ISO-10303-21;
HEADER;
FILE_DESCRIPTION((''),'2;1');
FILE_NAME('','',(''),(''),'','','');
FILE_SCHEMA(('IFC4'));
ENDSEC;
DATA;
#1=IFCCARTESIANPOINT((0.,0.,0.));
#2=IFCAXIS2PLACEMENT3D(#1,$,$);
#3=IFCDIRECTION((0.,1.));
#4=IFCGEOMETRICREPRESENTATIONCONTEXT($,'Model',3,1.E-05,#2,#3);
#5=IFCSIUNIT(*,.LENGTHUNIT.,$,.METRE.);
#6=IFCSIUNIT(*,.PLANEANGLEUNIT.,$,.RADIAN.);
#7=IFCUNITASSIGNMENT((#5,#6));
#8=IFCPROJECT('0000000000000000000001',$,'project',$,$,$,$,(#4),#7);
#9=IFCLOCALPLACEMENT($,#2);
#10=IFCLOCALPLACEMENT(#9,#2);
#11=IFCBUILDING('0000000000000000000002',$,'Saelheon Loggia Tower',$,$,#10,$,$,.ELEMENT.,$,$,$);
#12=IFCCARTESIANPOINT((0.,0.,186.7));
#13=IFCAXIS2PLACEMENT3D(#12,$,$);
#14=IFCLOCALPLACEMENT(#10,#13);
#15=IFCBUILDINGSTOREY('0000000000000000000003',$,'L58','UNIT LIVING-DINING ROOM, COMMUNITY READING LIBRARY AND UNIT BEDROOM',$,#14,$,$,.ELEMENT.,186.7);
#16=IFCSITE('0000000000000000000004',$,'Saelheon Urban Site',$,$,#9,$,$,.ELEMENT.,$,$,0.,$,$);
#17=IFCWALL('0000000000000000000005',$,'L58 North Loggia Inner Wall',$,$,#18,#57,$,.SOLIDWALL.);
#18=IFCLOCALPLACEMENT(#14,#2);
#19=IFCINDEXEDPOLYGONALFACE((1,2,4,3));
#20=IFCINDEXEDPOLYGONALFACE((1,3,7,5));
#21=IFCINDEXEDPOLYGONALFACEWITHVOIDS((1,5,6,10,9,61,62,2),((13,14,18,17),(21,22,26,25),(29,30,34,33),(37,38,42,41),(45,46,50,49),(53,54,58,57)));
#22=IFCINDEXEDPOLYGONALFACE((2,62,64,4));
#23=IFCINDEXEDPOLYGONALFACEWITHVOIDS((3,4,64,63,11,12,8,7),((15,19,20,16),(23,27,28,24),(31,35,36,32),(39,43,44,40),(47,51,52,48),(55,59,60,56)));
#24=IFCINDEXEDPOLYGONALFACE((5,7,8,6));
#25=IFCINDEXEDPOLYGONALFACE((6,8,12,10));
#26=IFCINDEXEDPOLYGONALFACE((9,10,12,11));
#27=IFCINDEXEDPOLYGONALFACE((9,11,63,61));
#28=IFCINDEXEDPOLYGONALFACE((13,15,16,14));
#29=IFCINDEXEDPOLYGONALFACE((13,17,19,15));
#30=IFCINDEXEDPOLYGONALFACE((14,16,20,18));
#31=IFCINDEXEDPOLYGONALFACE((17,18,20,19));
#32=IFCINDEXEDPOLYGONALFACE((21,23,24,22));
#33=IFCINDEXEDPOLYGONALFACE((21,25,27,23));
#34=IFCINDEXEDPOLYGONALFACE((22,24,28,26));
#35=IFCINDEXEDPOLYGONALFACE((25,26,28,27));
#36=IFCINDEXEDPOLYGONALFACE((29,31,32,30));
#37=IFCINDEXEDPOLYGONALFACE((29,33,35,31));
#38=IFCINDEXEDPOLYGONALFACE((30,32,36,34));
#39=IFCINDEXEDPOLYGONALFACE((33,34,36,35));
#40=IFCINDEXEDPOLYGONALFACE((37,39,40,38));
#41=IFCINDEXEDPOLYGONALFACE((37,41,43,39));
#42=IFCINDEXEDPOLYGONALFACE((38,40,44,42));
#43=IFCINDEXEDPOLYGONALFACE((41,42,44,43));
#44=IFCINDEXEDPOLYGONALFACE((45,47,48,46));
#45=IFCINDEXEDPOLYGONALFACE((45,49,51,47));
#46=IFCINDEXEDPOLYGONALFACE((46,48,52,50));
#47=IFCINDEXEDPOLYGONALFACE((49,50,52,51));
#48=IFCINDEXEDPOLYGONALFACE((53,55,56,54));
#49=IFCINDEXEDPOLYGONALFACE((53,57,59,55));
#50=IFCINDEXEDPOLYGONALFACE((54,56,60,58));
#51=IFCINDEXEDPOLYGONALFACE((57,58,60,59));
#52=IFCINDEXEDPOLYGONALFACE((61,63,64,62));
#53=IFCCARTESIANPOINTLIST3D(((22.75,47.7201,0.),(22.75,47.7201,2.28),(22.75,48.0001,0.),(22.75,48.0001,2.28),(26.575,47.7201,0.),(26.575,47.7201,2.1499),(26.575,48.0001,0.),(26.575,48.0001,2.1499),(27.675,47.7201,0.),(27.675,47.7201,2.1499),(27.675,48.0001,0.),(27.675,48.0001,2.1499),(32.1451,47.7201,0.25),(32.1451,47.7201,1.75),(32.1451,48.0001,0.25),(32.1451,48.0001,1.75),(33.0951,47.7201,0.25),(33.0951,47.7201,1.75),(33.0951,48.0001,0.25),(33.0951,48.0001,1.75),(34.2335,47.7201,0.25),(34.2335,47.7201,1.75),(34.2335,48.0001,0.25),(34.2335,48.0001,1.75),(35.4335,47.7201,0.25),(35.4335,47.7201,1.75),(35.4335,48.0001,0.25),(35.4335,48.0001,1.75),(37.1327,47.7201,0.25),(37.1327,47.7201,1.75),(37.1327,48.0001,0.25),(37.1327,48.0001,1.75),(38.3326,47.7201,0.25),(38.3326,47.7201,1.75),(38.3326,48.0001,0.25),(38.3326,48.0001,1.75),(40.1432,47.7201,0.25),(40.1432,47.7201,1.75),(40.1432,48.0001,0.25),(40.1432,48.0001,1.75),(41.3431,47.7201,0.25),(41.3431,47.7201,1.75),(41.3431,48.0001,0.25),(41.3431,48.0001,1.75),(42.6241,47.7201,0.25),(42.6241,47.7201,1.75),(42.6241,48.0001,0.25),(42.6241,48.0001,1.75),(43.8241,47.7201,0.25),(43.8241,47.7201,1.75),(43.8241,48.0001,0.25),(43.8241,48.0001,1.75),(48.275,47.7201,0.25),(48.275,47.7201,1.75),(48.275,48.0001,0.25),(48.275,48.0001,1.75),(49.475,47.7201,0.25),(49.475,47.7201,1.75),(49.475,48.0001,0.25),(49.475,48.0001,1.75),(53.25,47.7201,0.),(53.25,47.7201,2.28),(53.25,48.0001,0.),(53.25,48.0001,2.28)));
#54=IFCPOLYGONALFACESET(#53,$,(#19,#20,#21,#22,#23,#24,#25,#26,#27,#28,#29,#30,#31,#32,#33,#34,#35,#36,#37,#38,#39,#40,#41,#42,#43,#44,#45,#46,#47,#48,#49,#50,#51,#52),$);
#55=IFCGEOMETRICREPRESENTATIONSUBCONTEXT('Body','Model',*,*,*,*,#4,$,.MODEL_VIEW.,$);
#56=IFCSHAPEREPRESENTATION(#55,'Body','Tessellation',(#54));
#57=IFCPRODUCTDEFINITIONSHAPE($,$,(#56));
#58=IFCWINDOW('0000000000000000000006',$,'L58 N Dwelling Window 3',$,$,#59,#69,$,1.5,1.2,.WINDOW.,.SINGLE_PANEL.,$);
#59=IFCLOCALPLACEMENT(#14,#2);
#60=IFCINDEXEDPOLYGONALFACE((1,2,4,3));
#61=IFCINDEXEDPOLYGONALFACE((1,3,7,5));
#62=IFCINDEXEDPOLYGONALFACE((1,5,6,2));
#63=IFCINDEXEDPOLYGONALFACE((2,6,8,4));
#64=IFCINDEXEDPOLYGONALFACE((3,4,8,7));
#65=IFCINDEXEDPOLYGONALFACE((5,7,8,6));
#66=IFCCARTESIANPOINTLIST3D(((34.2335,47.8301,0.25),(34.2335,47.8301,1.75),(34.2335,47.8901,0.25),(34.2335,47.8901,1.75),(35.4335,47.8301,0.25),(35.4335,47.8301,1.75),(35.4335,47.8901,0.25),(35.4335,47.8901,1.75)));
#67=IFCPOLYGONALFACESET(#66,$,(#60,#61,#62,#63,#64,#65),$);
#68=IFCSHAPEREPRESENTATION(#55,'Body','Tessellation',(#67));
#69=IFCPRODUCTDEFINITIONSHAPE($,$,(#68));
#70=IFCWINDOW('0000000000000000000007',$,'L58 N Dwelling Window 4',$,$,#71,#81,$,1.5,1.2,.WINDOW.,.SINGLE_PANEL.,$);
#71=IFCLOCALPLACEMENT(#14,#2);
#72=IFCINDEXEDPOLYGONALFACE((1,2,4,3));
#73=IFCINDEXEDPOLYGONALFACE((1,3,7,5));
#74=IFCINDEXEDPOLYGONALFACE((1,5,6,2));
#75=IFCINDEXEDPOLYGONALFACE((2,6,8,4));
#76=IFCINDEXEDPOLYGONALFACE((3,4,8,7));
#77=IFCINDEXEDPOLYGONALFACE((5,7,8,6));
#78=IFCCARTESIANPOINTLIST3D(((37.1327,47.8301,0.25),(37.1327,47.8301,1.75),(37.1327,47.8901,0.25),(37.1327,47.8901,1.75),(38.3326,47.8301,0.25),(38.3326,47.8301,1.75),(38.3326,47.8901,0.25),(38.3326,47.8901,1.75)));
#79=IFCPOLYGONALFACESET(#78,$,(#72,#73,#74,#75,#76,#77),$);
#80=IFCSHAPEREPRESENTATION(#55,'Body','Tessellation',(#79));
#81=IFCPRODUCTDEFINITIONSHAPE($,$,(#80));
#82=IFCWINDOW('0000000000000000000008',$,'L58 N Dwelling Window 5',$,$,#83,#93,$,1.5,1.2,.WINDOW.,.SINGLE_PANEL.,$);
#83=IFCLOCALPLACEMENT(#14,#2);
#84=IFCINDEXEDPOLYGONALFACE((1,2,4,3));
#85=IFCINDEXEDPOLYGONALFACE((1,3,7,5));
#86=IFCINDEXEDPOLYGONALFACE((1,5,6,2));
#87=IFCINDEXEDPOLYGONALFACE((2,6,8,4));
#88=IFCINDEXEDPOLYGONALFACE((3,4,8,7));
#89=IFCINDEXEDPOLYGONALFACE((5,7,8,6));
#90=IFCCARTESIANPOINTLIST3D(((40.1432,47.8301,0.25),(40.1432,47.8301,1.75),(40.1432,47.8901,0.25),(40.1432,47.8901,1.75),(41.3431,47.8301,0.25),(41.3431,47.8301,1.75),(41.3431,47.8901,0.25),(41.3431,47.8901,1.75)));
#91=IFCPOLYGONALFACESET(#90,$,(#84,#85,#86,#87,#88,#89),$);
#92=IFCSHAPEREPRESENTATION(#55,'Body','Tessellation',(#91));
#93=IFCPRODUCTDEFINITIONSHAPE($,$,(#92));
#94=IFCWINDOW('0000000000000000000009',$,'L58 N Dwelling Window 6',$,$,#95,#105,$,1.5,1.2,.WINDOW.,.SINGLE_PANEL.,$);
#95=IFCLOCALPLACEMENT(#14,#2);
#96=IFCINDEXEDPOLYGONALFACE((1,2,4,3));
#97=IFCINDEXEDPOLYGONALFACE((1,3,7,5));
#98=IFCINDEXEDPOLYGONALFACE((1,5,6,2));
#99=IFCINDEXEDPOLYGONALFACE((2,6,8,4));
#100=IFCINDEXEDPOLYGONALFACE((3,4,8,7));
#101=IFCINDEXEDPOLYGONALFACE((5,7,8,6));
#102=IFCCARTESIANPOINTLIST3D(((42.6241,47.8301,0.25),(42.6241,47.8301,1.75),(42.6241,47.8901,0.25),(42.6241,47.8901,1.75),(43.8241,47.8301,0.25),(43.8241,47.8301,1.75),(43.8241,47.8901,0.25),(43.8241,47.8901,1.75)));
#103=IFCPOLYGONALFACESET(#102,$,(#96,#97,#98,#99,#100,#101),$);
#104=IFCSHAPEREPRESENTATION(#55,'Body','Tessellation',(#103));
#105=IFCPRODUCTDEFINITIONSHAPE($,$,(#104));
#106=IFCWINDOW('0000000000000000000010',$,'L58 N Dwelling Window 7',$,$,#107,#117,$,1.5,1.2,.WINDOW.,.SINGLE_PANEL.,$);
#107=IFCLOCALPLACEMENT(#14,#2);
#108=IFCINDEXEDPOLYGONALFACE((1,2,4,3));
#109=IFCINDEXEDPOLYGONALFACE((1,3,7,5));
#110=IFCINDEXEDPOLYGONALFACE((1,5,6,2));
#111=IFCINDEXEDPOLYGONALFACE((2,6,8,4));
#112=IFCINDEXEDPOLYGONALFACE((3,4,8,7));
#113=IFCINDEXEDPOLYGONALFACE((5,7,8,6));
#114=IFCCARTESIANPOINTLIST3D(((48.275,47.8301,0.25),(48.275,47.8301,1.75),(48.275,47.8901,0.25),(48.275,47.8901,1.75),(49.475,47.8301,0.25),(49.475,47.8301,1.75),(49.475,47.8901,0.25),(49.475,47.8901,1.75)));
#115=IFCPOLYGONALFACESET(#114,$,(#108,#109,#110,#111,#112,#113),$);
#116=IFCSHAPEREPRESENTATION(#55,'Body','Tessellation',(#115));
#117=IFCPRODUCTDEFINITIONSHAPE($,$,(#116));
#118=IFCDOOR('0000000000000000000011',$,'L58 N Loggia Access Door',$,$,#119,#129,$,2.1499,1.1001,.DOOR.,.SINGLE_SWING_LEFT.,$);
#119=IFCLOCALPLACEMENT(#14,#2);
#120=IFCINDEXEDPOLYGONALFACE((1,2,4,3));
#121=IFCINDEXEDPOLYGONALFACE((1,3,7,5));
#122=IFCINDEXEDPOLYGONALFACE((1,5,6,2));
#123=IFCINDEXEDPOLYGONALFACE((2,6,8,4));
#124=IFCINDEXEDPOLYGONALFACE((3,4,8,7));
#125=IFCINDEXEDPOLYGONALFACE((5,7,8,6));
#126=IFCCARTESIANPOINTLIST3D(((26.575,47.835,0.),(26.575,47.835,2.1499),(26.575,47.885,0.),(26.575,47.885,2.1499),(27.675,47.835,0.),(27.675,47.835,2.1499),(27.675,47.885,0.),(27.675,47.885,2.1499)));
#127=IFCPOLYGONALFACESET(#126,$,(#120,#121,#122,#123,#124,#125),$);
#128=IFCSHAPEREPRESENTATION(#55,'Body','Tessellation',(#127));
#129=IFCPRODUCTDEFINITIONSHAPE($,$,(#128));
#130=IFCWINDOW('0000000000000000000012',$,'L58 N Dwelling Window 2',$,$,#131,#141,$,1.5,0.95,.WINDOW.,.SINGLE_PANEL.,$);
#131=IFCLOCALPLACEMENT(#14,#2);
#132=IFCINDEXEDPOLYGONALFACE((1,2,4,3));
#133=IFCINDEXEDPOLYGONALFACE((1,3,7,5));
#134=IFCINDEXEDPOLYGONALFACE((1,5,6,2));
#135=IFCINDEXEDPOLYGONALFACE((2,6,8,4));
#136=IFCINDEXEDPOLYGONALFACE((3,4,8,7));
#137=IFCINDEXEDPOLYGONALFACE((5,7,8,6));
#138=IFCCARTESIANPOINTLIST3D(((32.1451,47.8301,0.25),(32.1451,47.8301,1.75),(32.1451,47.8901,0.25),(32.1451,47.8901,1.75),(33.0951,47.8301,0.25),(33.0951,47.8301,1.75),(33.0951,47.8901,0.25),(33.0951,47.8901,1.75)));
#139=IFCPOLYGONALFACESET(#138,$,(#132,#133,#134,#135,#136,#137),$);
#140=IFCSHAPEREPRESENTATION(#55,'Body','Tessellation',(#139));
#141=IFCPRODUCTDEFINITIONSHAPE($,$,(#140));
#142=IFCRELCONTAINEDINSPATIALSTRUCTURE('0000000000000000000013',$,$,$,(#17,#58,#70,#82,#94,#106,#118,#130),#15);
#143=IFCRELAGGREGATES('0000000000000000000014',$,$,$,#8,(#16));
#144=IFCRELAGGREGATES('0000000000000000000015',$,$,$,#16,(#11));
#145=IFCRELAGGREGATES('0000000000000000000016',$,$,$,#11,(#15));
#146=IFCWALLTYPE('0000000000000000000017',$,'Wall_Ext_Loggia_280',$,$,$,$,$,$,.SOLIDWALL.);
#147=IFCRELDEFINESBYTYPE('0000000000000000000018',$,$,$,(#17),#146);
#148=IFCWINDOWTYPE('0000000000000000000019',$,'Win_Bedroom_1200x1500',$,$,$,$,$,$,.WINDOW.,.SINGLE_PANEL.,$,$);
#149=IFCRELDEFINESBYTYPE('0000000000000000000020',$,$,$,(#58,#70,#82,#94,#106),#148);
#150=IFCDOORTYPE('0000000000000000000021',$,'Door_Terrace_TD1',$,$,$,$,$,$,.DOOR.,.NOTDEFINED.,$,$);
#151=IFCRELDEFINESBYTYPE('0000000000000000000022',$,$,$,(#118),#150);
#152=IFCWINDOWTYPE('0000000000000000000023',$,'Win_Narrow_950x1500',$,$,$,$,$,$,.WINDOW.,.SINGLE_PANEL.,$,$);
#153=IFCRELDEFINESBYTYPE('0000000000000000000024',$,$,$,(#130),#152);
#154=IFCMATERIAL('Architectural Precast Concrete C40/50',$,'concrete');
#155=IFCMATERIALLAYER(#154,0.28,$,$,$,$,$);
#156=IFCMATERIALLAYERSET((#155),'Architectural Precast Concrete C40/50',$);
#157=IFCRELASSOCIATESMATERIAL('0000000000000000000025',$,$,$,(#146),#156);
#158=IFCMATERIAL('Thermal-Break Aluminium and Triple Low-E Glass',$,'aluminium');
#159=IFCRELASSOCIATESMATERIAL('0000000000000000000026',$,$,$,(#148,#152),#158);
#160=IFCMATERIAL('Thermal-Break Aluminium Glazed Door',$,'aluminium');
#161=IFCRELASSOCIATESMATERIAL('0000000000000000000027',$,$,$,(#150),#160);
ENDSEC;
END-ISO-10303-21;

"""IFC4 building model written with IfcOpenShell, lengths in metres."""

from ifc_helpers import new_model, si_unit, direction, frame, frame_2d, origin, place, context, subcontext, project, spatial, rectangle, extrude, source, transform, mapped, material, layer, layer_set, type_object, element, fill, save


model = new_model("IFC4")

# Units and contexts
model_context = context("Model", 3, precision=1e-05, world=origin(), true_north=direction((0.0, 1.0)))
body_context = subcontext(model_context, "Body", "Model", "MODEL_VIEW")
ifc_project = project(units=[si_unit("LENGTHUNIT", "METRE"), si_unit("PLANEANGLEUNIT", "RADIAN")], contexts=[model_context])

# Site, building, storey
site_placement = place(None, origin())
site = spatial("IfcSite", under=ifc_project, at=site_placement, Name="Saelheon Urban Site", CompositionType="ELEMENT", RefElevation=0.0)
building_placement = place(site_placement, origin())
building = spatial("IfcBuilding", under=site, at=building_placement, Name="Saelheon Loggia Tower", CompositionType="ELEMENT")
storey_placement = place(building_placement, frame((0.0, 0.0, 186.7)))
storey = spatial("IfcBuildingStorey", under=building, at=storey_placement, Name="L58", Description="UNIT LIVING-DINING ROOM, COMMUNITY READING LIBRARY AND UNIT BEDROOM", CompositionType="ELEMENT", Elevation=186.7)

# Wall, openings, windows, door
ifc_material_1 = material(Name="Architectural Precast Concrete C40/50", Category="concrete")
ifc_layer_1 = layer(ifc_material_1, 0.28)
ifc_layer_set_1 = layer_set([ifc_layer_1], Name="Architectural Precast Concrete C40/50")
wall_type = type_object("IfcWallType", Name="Wall_Ext_Loggia_280", PredefinedType="SOLIDWALL", material=ifc_layer_set_1)
wall_placement = place(storey_placement, frame((22.75, 47.8601, 0.0), z_axis=(0.0, 0.0, 1.0), x_axis=(1.0, 0.0, 0.0)))
wall = element("IfcWall", 1, at=wall_placement, inside=storey, type_object=wall_type, Name="L58 North Loggia Inner Wall", PredefinedType="SOLIDWALL", context=body_context, shape_type="SweptSolid", body=[
    extrude(rectangle(XDim=30.5, YDim=0.28, at=frame_2d((15.25, 0.0))), origin(), (0.0, 0.0, 1.0), 2.28),
])
opening_1_placement = place(wall_placement, frame((3.825, 0.0, 0.0)))
opening_1 = element("IfcOpeningElement", 2, at=opening_1_placement, cuts=wall, PredefinedType="OPENING", context=body_context, shape_type="SweptSolid", body=[
    extrude(rectangle(XDim=1.1001, YDim=2.1499, at=frame_2d((0.55, 1.075))), frame((0.0, 0.1521, 0.0), z_axis=(0.0, -1.0, 0.0), x_axis=(1.0, 0.0, 0.0)), (0.0, 0.0, 1.0), 0.304),
])
opening_2_placement = place(wall_placement, frame((9.395, 0.0, 0.25)))
opening_2 = element("IfcOpeningElement", 3, at=opening_2_placement, cuts=wall, PredefinedType="OPENING", context=body_context, shape_type="SweptSolid", body=[
    extrude(rectangle(XDim=0.95, YDim=1.5, at=frame_2d((0.4751, 0.75))), frame((0.0, 0.1521, 0.0), z_axis=(0.0, -1.0, 0.0), x_axis=(1.0, 0.0, 0.0)), (0.0, 0.0, 1.0), 0.304),
])
opening_3_placement = place(wall_placement, frame((11.4834, 0.0, 0.25)))
opening_3 = element("IfcOpeningElement", 4, at=opening_3_placement, cuts=wall, PredefinedType="OPENING", context=body_context, shape_type="SweptSolid", body=[
    extrude(rectangle(XDim=1.2, YDim=1.5, at=frame_2d((0.6001, 0.75))), frame((0.0, 0.1521, 0.0), z_axis=(0.0, -1.0, 0.0), x_axis=(1.0, 0.0, 0.0)), (0.0, 0.0, 1.0), 0.304),
])
opening_4_placement = place(wall_placement, frame((14.3826, 0.0, 0.25)))
opening_4 = element("IfcOpeningElement", 5, at=opening_4_placement, cuts=wall, PredefinedType="OPENING", context=body_context, shape_type="SweptSolid", body=[
    extrude(rectangle(XDim=1.2, YDim=1.5, at=frame_2d((0.6001, 0.75))), frame((0.0, 0.1521, 0.0), z_axis=(0.0, -1.0, 0.0), x_axis=(1.0, 0.0, 0.0)), (0.0, 0.0, 1.0), 0.304),
])
opening_5_placement = place(wall_placement, frame((17.3931, 0.0, 0.25)))
opening_5 = element("IfcOpeningElement", 6, at=opening_5_placement, cuts=wall, PredefinedType="OPENING", context=body_context, shape_type="SweptSolid", body=[
    extrude(rectangle(XDim=1.2, YDim=1.5, at=frame_2d((0.6001, 0.75))), frame((0.0, 0.1521, 0.0), z_axis=(0.0, -1.0, 0.0), x_axis=(1.0, 0.0, 0.0)), (0.0, 0.0, 1.0), 0.304),
])
opening_6_placement = place(wall_placement, frame((19.874, 0.0, 0.25)))
opening_6 = element("IfcOpeningElement", 7, at=opening_6_placement, cuts=wall, PredefinedType="OPENING", context=body_context, shape_type="SweptSolid", body=[
    extrude(rectangle(XDim=1.2, YDim=1.5, at=frame_2d((0.6001, 0.75))), frame((0.0, 0.1521, 0.0), z_axis=(0.0, -1.0, 0.0), x_axis=(1.0, 0.0, 0.0)), (0.0, 0.0, 1.0), 0.304),
])
opening_7_placement = place(wall_placement, frame((25.5249, 0.0, 0.25)))
opening_7 = element("IfcOpeningElement", 8, at=opening_7_placement, cuts=wall, PredefinedType="OPENING", context=body_context, shape_type="SweptSolid", body=[
    extrude(rectangle(XDim=1.2, YDim=1.5, at=frame_2d((0.6001, 0.75))), frame((0.0, 0.1521, 0.0), z_axis=(0.0, -1.0, 0.0), x_axis=(1.0, 0.0, 0.0)), (0.0, 0.0, 1.0), 0.304),
])
ifc_material_2 = material(Name="Thermal-Break Aluminium and Triple Low-E Glass", Category="aluminium")
window_type_1 = type_object("IfcWindowType", Name="Win_Bedroom_1200x1500", PartitioningType="SINGLE_PANEL", PredefinedType="WINDOW", material=ifc_material_2)
shared_shape_1 = source(origin(), body_context, "Body", "SweptSolid", [
    extrude(rectangle(XDim=1.2, YDim=1.5, at=frame_2d((0.6001, 0.75))), frame((0.0, 0.03, 0.0), z_axis=(0.0, -1.0, 0.0), x_axis=(1.0, 0.0, 0.0)), (0.0, 0.0, 1.0), 0.0601),
])
window_1_placement = place(opening_3_placement, origin())
window_1 = element("IfcWindow", 9, at=window_1_placement, inside=storey, type_object=window_type_1, Name="L58 N Dwelling Window 3", OverallHeight=1.5, OverallWidth=1.2, PartitioningType="SINGLE_PANEL", PredefinedType="WINDOW", context=body_context, shape_type="MappedRepresentation", body=[
    mapped(shared_shape_1, transform((0.0, 0.0, 0.0), scale=1.0)),
])
fill(opening_3, window_1)
window_2_placement = place(opening_4_placement, origin())
window_2 = element("IfcWindow", 10, at=window_2_placement, inside=storey, type_object=window_type_1, Name="L58 N Dwelling Window 4", OverallHeight=1.5, OverallWidth=1.2, PartitioningType="SINGLE_PANEL", PredefinedType="WINDOW", context=body_context, shape_type="MappedRepresentation", body=[
    mapped(shared_shape_1, transform((0.0, 0.0, 0.0), scale=1.0)),
])
fill(opening_4, window_2)
window_3_placement = place(opening_5_placement, origin())
window_3 = element("IfcWindow", 11, at=window_3_placement, inside=storey, type_object=window_type_1, Name="L58 N Dwelling Window 5", OverallHeight=1.5, OverallWidth=1.2, PartitioningType="SINGLE_PANEL", PredefinedType="WINDOW", context=body_context, shape_type="MappedRepresentation", body=[
    mapped(shared_shape_1, transform((0.0, 0.0, 0.0), scale=1.0)),
])
fill(opening_5, window_3)
window_4_placement = place(opening_6_placement, origin())
window_4 = element("IfcWindow", 12, at=window_4_placement, inside=storey, type_object=window_type_1, Name="L58 N Dwelling Window 6", OverallHeight=1.5, OverallWidth=1.2, PartitioningType="SINGLE_PANEL", PredefinedType="WINDOW", context=body_context, shape_type="MappedRepresentation", body=[
    mapped(shared_shape_1, transform((0.0, 0.0, 0.0), scale=1.0)),
])
fill(opening_6, window_4)
window_5_placement = place(opening_7_placement, origin())
window_5 = element("IfcWindow", 13, at=window_5_placement, inside=storey, type_object=window_type_1, Name="L58 N Dwelling Window 7", OverallHeight=1.5, OverallWidth=1.2, PartitioningType="SINGLE_PANEL", PredefinedType="WINDOW", context=body_context, shape_type="MappedRepresentation", body=[
    mapped(shared_shape_1, transform((0.0, 0.0, 0.0), scale=1.0)),
])
fill(opening_7, window_5)
ifc_material_3 = material(Name="Thermal-Break Aluminium Glazed Door", Category="aluminium")
door_type = type_object("IfcDoorType", Name="Door_Terrace_TD1", OperationType="NOTDEFINED", PredefinedType="DOOR", material=ifc_material_3)
shared_shape_2 = source(origin(), body_context, "Body", "SweptSolid", [
    extrude(rectangle(XDim=1.1001, YDim=2.1499, at=frame_2d((0.55, 1.075))), frame((0.0, 0.0249, 0.0), z_axis=(0.0, -1.0, 0.0), x_axis=(1.0, 0.0, 0.0)), (0.0, 0.0, 1.0), 0.05),
])
door_placement = place(opening_1_placement, origin())
door = element("IfcDoor", 14, at=door_placement, inside=storey, type_object=door_type, Name="L58 N Loggia Access Door", OperationType="SINGLE_SWING_LEFT", OverallHeight=2.1499, OverallWidth=1.1001, PredefinedType="DOOR", context=body_context, shape_type="MappedRepresentation", body=[
    mapped(shared_shape_2, transform((0.0, 0.0, 0.0), scale=1.0)),
])
fill(opening_1, door)
window_type_2 = type_object("IfcWindowType", Name="Win_Narrow_950x1500", PartitioningType="SINGLE_PANEL", PredefinedType="WINDOW", material=ifc_material_2)
shared_shape_3 = source(origin(), body_context, "Body", "SweptSolid", [
    extrude(rectangle(XDim=0.95, YDim=1.5, at=frame_2d((0.4751, 0.75))), frame((0.0, 0.03, 0.0), z_axis=(0.0, -1.0, 0.0), x_axis=(1.0, 0.0, 0.0)), (0.0, 0.0, 1.0), 0.0601),
])
window_6_placement = place(opening_2_placement, origin())
window_6 = element("IfcWindow", 15, at=window_6_placement, inside=storey, type_object=window_type_2, Name="L58 N Dwelling Window 2", OverallHeight=1.5, OverallWidth=0.95, PartitioningType="SINGLE_PANEL", PredefinedType="WINDOW", context=body_context, shape_type="MappedRepresentation", body=[
    mapped(shared_shape_3, transform((0.0, 0.0, 0.0), scale=1.0)),
])
fill(opening_2, window_6)

save(model, "model.ifc")
